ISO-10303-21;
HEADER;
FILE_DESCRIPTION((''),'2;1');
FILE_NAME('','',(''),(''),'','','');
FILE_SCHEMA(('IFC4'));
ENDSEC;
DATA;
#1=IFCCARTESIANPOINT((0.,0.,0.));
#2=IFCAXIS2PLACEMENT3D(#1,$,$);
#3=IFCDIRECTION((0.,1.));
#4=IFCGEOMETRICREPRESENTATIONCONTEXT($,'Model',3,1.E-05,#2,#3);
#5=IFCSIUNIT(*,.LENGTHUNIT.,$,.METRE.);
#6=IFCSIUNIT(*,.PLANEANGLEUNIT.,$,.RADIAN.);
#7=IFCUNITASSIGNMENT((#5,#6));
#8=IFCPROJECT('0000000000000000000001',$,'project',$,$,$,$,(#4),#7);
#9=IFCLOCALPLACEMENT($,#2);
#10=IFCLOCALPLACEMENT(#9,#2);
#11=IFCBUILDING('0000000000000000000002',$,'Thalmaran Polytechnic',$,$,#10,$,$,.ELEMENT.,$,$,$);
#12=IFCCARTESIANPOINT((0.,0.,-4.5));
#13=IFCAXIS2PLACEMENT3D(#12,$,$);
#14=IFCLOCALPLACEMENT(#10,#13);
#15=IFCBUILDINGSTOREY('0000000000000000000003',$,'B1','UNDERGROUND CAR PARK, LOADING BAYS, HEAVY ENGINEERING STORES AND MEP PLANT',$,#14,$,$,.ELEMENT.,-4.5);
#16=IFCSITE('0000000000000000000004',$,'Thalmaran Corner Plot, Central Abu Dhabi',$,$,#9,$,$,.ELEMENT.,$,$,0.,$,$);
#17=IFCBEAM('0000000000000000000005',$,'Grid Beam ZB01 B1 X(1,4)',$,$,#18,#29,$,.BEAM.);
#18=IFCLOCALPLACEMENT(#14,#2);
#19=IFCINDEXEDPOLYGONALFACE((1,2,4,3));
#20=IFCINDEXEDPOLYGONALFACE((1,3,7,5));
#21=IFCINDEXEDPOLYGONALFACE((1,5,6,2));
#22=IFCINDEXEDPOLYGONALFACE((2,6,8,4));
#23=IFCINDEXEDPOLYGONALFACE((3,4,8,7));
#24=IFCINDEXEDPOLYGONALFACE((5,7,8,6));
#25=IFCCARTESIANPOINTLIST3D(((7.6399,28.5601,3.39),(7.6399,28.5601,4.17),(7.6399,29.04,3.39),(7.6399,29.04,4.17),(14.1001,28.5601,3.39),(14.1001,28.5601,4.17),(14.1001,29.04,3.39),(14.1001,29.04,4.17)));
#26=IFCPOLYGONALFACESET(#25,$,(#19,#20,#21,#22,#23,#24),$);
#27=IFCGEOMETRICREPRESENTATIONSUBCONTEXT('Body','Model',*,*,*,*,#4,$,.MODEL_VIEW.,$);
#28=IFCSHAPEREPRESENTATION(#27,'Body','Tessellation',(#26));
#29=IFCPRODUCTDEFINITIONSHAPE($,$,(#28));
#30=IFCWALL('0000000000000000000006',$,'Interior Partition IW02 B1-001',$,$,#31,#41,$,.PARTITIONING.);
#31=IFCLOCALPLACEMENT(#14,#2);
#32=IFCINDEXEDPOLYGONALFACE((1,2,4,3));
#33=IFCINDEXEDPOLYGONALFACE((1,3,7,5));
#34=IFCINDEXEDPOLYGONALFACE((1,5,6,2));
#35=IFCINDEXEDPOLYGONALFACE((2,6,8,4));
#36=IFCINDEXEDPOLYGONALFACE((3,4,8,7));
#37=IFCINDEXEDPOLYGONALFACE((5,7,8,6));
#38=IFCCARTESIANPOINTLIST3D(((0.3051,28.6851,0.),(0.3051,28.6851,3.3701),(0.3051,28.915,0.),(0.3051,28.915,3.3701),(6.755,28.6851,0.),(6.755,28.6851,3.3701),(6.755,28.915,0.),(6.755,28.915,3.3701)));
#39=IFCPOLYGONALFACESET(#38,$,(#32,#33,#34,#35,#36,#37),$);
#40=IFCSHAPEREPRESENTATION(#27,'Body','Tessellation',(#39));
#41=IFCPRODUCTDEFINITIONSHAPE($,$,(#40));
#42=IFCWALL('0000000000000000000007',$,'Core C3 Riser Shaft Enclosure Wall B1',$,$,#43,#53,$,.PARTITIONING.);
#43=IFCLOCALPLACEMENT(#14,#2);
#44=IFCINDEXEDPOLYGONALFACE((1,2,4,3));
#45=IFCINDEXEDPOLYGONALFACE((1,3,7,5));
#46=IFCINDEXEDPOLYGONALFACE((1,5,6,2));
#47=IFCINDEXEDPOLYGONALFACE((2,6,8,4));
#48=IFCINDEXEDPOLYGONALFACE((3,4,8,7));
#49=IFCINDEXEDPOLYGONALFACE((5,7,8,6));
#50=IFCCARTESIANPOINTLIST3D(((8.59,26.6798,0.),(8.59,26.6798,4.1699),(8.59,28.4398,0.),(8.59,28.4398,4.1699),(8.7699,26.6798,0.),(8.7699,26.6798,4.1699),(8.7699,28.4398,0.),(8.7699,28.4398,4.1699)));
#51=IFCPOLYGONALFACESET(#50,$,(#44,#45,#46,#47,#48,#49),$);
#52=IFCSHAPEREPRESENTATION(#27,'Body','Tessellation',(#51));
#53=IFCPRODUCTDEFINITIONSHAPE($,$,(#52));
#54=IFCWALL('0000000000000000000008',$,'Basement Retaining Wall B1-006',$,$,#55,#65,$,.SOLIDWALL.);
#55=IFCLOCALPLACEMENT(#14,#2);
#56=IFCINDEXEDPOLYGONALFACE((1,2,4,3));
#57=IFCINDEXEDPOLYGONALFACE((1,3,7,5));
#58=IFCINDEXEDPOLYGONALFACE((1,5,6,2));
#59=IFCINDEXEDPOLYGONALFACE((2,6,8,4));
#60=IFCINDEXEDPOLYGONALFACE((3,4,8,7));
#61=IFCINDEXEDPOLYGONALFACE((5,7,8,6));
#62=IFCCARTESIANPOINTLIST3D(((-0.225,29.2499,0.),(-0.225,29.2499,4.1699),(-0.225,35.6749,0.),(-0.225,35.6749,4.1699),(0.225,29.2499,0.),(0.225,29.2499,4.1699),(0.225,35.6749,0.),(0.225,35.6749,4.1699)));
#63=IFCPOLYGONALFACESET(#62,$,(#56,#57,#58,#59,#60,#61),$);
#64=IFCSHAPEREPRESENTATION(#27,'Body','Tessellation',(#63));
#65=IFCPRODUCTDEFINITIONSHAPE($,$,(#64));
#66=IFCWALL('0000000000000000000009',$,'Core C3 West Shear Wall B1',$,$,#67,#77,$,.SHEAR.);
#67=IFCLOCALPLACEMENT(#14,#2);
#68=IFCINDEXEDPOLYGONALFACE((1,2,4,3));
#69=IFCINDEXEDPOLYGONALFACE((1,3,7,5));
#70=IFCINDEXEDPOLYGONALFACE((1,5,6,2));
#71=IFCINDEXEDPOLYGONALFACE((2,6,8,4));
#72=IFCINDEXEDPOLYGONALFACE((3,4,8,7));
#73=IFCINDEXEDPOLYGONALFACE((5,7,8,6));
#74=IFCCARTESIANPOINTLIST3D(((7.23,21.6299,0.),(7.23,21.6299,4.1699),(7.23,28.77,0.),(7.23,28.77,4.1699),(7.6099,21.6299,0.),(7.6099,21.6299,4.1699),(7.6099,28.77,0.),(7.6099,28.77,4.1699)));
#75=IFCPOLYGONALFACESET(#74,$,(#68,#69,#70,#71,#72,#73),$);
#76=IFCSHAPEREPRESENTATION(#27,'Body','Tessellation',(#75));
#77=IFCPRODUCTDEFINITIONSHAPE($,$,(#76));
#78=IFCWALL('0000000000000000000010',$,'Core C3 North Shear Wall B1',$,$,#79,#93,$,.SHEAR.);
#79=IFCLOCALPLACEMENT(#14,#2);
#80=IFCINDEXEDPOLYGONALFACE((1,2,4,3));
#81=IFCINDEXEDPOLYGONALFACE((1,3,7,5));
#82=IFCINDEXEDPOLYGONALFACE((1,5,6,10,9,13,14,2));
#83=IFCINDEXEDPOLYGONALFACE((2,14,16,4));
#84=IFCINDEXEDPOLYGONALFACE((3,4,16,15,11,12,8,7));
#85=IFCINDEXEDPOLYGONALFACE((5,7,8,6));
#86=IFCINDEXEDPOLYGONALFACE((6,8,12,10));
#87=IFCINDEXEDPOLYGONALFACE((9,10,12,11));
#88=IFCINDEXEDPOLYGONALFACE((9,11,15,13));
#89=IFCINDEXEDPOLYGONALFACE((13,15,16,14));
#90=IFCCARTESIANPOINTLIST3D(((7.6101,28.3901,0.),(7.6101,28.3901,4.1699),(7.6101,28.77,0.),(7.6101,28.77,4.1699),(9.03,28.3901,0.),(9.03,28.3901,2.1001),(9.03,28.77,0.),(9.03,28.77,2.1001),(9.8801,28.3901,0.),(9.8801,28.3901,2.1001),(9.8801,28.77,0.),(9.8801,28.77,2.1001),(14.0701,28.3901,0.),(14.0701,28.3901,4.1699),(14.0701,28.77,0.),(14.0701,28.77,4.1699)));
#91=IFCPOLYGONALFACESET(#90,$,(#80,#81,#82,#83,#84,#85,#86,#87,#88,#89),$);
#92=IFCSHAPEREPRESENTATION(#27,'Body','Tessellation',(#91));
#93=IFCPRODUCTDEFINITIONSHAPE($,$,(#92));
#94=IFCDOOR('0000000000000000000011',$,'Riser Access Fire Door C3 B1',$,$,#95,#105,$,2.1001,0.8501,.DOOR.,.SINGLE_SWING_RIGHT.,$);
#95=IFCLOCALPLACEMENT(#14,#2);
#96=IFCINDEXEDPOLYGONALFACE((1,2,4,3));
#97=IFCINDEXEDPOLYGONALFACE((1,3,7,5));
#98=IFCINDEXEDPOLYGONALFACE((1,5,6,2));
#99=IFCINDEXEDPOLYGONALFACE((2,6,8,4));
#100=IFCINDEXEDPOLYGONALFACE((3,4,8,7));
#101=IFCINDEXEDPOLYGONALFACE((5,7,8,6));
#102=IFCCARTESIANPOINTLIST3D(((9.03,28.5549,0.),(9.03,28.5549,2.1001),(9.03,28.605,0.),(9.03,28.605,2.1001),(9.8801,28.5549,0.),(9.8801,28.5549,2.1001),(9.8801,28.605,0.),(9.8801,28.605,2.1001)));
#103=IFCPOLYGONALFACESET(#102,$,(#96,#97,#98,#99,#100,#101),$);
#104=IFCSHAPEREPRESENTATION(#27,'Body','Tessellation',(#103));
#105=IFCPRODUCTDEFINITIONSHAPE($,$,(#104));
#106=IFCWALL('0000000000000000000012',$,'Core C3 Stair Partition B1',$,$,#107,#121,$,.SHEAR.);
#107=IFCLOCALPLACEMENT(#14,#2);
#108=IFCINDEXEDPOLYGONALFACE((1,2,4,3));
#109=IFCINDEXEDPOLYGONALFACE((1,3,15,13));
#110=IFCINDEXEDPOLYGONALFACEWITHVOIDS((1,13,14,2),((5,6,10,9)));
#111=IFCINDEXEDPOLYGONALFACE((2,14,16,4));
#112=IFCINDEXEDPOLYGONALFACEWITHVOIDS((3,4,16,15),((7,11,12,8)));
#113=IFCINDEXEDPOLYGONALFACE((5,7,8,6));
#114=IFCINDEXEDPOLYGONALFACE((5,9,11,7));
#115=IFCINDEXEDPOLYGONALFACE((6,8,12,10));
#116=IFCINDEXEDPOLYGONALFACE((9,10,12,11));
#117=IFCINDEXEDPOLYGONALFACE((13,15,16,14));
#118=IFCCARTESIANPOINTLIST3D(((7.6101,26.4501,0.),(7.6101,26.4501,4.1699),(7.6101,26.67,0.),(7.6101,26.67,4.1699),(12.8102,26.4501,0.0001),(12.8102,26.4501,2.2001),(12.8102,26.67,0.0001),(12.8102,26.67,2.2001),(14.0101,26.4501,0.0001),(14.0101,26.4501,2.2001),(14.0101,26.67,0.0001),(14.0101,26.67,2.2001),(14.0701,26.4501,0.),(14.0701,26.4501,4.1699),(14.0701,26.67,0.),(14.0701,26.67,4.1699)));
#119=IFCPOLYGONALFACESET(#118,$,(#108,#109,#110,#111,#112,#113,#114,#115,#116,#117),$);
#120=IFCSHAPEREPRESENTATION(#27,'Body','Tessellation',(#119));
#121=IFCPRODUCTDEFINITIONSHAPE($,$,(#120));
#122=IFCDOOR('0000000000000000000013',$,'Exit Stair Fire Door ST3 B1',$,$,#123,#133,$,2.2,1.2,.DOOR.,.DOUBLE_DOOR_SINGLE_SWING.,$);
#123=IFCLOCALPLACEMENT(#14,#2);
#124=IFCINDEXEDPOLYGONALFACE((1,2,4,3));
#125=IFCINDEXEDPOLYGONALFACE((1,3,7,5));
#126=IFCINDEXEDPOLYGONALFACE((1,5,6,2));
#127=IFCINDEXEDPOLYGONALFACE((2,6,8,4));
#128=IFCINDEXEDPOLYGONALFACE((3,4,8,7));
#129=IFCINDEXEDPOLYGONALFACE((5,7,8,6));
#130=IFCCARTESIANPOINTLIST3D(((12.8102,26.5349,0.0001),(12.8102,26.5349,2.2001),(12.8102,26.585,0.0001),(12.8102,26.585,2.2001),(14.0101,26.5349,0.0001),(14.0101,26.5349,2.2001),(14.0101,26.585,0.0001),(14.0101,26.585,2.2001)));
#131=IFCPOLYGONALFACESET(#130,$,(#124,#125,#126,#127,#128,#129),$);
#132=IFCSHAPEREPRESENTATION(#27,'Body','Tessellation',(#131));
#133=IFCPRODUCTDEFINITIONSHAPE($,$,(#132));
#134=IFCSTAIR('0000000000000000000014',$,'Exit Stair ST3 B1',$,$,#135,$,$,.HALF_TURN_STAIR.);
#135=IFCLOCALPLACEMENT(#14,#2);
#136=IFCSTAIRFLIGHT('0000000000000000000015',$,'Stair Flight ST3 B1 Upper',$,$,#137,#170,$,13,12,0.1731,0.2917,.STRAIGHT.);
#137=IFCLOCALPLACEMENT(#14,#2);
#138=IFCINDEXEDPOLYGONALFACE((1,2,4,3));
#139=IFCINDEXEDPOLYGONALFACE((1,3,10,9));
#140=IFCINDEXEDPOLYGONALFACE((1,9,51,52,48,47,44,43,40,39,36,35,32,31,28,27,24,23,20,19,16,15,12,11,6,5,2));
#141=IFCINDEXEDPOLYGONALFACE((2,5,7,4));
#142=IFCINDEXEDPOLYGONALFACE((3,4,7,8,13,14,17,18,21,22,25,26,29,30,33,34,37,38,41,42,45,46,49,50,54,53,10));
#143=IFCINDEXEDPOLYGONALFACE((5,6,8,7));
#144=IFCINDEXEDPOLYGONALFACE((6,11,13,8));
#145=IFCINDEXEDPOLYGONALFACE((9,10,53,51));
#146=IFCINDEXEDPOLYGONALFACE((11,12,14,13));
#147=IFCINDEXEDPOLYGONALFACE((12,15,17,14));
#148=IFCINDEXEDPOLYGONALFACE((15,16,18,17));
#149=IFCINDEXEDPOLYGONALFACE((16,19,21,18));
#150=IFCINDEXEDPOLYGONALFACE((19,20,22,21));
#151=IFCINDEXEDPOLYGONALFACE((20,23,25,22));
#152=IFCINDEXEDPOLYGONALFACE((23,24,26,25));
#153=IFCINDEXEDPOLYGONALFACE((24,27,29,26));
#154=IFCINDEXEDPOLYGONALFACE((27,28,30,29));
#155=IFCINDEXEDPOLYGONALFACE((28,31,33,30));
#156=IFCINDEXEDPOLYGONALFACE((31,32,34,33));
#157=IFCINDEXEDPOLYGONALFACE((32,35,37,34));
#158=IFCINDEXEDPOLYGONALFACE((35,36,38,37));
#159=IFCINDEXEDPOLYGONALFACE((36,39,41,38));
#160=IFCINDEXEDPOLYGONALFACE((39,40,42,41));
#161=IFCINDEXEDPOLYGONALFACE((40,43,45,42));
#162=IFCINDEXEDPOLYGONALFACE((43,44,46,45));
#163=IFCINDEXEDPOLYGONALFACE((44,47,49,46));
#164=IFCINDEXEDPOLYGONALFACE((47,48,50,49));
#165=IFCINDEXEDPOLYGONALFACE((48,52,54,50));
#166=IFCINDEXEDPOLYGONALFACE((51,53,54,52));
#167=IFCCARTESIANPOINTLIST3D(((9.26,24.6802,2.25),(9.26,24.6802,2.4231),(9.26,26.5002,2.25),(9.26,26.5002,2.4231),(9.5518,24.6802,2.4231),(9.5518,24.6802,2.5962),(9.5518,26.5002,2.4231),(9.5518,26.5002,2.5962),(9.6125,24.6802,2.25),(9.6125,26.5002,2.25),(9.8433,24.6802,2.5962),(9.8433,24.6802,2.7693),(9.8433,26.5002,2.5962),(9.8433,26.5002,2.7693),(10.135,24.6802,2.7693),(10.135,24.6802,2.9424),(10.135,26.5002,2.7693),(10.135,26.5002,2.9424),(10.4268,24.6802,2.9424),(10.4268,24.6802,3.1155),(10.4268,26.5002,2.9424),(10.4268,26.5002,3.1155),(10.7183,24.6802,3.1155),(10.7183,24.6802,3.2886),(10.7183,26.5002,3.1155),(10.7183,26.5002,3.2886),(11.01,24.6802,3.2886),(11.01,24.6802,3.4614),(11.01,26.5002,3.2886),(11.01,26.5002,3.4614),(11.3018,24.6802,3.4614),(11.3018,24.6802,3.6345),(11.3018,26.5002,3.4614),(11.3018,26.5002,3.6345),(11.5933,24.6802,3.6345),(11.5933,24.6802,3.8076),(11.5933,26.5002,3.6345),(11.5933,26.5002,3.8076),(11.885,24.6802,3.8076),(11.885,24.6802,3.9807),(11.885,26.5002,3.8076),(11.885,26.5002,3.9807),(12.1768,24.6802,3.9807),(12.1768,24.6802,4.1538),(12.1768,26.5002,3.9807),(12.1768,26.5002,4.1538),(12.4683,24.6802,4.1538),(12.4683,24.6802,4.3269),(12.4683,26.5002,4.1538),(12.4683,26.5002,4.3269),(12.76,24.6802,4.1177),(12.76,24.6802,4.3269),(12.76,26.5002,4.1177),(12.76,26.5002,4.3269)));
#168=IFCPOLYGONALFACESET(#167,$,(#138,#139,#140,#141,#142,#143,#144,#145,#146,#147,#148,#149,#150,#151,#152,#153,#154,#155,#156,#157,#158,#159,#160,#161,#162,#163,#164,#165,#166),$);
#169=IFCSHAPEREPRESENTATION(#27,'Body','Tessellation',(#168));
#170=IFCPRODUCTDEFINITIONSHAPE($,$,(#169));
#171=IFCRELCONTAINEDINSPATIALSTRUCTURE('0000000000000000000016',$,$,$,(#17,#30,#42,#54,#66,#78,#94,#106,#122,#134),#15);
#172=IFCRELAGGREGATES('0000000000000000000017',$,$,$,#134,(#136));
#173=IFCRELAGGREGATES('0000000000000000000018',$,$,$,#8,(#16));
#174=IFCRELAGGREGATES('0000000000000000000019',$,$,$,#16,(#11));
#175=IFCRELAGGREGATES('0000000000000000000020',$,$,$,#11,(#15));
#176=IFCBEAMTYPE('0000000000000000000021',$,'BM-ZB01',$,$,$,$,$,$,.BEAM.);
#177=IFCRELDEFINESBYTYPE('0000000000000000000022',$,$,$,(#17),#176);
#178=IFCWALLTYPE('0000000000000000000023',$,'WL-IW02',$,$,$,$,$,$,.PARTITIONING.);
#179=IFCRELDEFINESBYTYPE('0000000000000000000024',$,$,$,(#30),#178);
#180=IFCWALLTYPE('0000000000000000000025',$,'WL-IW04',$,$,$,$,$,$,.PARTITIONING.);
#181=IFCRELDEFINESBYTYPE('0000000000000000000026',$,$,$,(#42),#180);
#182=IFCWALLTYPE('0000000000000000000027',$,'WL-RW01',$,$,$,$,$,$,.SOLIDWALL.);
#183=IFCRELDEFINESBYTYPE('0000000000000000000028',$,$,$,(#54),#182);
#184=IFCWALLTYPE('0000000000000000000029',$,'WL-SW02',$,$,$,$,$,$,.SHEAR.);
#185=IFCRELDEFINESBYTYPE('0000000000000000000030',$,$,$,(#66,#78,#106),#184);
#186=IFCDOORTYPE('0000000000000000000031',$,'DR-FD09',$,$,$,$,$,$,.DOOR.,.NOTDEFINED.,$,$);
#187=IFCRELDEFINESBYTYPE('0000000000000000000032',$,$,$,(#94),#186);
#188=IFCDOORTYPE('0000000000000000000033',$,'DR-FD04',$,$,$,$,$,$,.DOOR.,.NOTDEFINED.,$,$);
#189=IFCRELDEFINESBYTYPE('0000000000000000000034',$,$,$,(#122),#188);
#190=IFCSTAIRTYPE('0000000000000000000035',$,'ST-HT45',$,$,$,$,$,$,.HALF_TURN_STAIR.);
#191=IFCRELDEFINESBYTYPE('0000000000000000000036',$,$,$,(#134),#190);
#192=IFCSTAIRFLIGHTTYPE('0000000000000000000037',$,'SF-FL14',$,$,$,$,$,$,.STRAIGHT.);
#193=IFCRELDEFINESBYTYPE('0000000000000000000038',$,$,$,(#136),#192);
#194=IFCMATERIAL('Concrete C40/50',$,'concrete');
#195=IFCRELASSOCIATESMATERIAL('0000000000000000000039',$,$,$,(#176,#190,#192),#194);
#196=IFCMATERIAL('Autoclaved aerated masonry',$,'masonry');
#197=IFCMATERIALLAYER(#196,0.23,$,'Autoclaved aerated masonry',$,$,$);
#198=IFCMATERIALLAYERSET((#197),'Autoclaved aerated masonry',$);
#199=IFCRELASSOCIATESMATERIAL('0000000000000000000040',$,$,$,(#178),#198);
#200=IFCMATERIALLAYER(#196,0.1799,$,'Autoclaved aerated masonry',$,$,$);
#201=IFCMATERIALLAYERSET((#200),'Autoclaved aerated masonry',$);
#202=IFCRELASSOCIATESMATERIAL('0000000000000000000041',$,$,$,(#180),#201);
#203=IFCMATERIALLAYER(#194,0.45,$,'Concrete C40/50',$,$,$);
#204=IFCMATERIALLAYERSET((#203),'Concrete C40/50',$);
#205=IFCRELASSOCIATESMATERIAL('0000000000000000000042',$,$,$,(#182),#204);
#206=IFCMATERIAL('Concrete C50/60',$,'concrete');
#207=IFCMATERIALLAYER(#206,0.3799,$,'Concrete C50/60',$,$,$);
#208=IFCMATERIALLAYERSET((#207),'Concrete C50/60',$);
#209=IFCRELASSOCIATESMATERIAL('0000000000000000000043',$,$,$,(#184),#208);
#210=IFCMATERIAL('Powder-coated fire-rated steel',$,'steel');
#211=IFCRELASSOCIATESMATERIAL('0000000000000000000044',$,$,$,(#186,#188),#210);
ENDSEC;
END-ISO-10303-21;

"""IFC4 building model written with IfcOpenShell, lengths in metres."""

from ifc_helpers import new_model, si_unit, direction, frame, frame_2d, origin, origin_2d, place, context, subcontext, project, spatial, polyline, rectangle, outline, extrude, material, layer, layer_set, material_profile, profile_set, type_object, element, fill, aggregate, save


model = new_model("IFC4")

# Units and contexts
model_context = context("Model", 3, precision=1e-05, world=origin(), true_north=direction((0.0, 1.0)))
body_context = subcontext(model_context, "Body", "Model", "MODEL_VIEW")
ifc_project = project(units=[si_unit("LENGTHUNIT", "METRE"), si_unit("PLANEANGLEUNIT", "RADIAN")], contexts=[model_context])

# Site, building, storey
site_placement = place(None, origin())
site = spatial("IfcSite", under=ifc_project, at=site_placement, Name="Thalmaran Corner Plot, Central Abu Dhabi", CompositionType="ELEMENT", RefElevation=0.0)
building_placement = place(site_placement, origin())
building = spatial("IfcBuilding", under=site, at=building_placement, Name="Thalmaran Polytechnic", CompositionType="ELEMENT")
storey_placement = place(building_placement, frame((0.0, 0.0, -4.5)))
storey = spatial("IfcBuildingStorey", under=building, at=storey_placement, Name="B1", Description="UNDERGROUND CAR PARK, LOADING BAYS, HEAVY ENGINEERING STORES AND MEP PLANT", CompositionType="ELEMENT", Elevation=-4.5)

# Shared definitions
ifc_material_1 = material(Name="Concrete C40/50", Category="concrete")

# Shared definitions
ifc_material_2 = material(Name="Concrete C50/60", Category="concrete")

# Beam
ifc_material_profile_1 = material_profile(ifc_material_1, rectangle(XDim=0.48, YDim=0.78, at=origin_2d()), Name="RC 480x780")
ifc_profile_set_1 = profile_set([ifc_material_profile_1], Name="Concrete C40/50")
beam_type_1 = type_object("IfcBeamType", Name="BM-ZB01", PredefinedType="BEAM", material=ifc_profile_set_1)
beam_1_placement = place(storey_placement, frame((7.6399, 28.8, 3.78), z_axis=(1.0, 0.0, 0.0), x_axis=(0.0, 1.0, 0.0)))
element("IfcBeam", 1, at=beam_1_placement, inside=storey, type_object=beam_type_1, Name="Grid Beam ZB01 B1 X(1,4)", PredefinedType="BEAM", context=body_context, shape_type="SweptSolid", body=[
    extrude(rectangle(XDim=0.48, YDim=0.78, at=origin_2d()), origin(), (0.0, 0.0, 1.0), 6.4602),
])

# Walls
ifc_material_3 = material(Name="Autoclaved aerated masonry", Category="masonry")
ifc_layer_1 = layer(ifc_material_3, 0.23, Name="Autoclaved aerated masonry")
ifc_layer_set_1 = layer_set([ifc_layer_1], Name="Autoclaved aerated masonry")
wall_type_1 = type_object("IfcWallType", Name="WL-IW02", PredefinedType="PARTITIONING", material=ifc_layer_set_1)
wall_1_placement = place(storey_placement, frame((0.3049, 28.8, 0.0), z_axis=(0.0, 0.0, 1.0), x_axis=(1.0, 0.0, 0.0)))
element("IfcWall", 2, at=wall_1_placement, inside=storey, type_object=wall_type_1, Name="Interior Partition IW02 B1-001", PredefinedType="PARTITIONING", context=body_context, shape_type="SweptSolid", body=[
    extrude(rectangle(XDim=6.45, YDim=0.23, at=frame_2d((3.2251, 0.0))), origin(), (0.0, 0.0, 1.0), 3.3701),
])
ifc_layer_2 = layer(ifc_material_3, 0.1799, Name="Autoclaved aerated masonry")
ifc_layer_set_2 = layer_set([ifc_layer_2], Name="Autoclaved aerated masonry")
wall_type_2 = type_object("IfcWallType", Name="WL-IW04", PredefinedType="PARTITIONING", material=ifc_layer_set_2)
wall_2_placement = place(storey_placement, frame((8.6799, 26.6799, 0.0), z_axis=(0.0, 0.0, 1.0), x_axis=(0.0, 1.0, 0.0)))
element("IfcWall", 3, at=wall_2_placement, inside=storey, type_object=wall_type_2, Name="Core C3 Riser Shaft Enclosure Wall B1", PredefinedType="PARTITIONING", context=body_context, shape_type="SweptSolid", body=[
    extrude(rectangle(XDim=1.76, YDim=0.1799, at=frame_2d((0.8799, 0.0))), origin(), (0.0, 0.0, 1.0), 4.1699),
])
ifc_layer_3 = layer(ifc_material_1, 0.45, Name="Concrete C40/50")
ifc_layer_set_3 = layer_set([ifc_layer_3], Name="Concrete C40/50")
wall_type_3 = type_object("IfcWallType", Name="WL-RW01", PredefinedType="SOLIDWALL", material=ifc_layer_set_3)
wall_3_placement = place(storey_placement, frame((0.0, 29.25, 0.0), z_axis=(0.0, 0.0, 1.0), x_axis=(0.0, 1.0, 0.0)))
element("IfcWall", 4, at=wall_3_placement, inside=storey, type_object=wall_type_3, Name="Basement Retaining Wall B1-006", PredefinedType="SOLIDWALL", context=body_context, shape_type="SweptSolid", body=[
    extrude(rectangle(XDim=6.425, YDim=0.45, at=frame_2d((3.2124, 0.0))), origin(), (0.0, 0.0, 1.0), 4.1699),
])
ifc_layer_4 = layer(ifc_material_2, 0.3799, Name="Concrete C50/60")
ifc_layer_set_4 = layer_set([ifc_layer_4], Name="Concrete C50/60")
wall_type_4 = type_object("IfcWallType", Name="WL-SW02", PredefinedType="SHEAR", material=ifc_layer_set_4)
wall_4_placement = place(storey_placement, frame((7.4199, 28.77, 0.0), z_axis=(0.0, 0.0, 1.0), x_axis=(0.0, -1.0, 0.0)))
element("IfcWall", 5, at=wall_4_placement, inside=storey, type_object=wall_type_4, Name="Core C3 West Shear Wall B1", PredefinedType="SHEAR", context=body_context, shape_type="SweptSolid", body=[
    extrude(rectangle(XDim=7.1401, YDim=0.3799, at=frame_2d((3.5701, 0.0))), origin(), (0.0, 0.0, 1.0), 4.1699),
])

# Walls, openings, doors
wall_5_placement = place(storey_placement, frame((7.6101, 28.5801, 0.0), z_axis=(0.0, 0.0, 1.0), x_axis=(1.0, 0.0, 0.0)))
wall_5 = element("IfcWall", 6, at=wall_5_placement, inside=storey, type_object=wall_type_4, Name="Core C3 North Shear Wall B1", PredefinedType="SHEAR", context=body_context, shape_type="SweptSolid", body=[
    extrude(rectangle(XDim=6.46, YDim=0.3799, at=frame_2d((3.23, 0.0))), origin(), (0.0, 0.0, 1.0), 4.1699),
])
opening_1_placement = place(wall_5_placement, frame((1.4199, 0.0, 0.0)))
opening_1 = element("IfcOpeningElement", 7, at=opening_1_placement, cuts=wall_5, PredefinedType="OPENING", context=body_context, shape_type="SweptSolid", body=[
    extrude(rectangle(XDim=0.8501, YDim=2.1001, at=frame_2d((0.425, 1.05))), frame((0.0, 0.2, 0.0), z_axis=(0.0, -1.0, 0.0), x_axis=(1.0, 0.0, 0.0)), (0.0, 0.0, 1.0), 0.3999),
])
ifc_material_4 = material(Name="Powder-coated fire-rated steel", Category="steel")
door_type_1 = type_object("IfcDoorType", Name="DR-FD09", OperationType="NOTDEFINED", PredefinedType="DOOR", material=ifc_material_4)
door_1_placement = place(opening_1_placement, origin())
door_1 = element("IfcDoor", 8, at=door_1_placement, inside=storey, type_object=door_type_1, Name="Riser Access Fire Door C3 B1", OperationType="SINGLE_SWING_RIGHT", OverallHeight=2.1001, OverallWidth=0.8501, PredefinedType="DOOR", context=body_context, shape_type="SweptSolid", body=[
    extrude(rectangle(XDim=0.8501, YDim=2.1001, at=frame_2d((0.425, 1.05))), frame((0.0, 0.0249, 0.0), z_axis=(0.0, -1.0, 0.0), x_axis=(1.0, 0.0, 0.0)), (0.0, 0.0, 1.0), 0.05),
])
fill(opening_1, door_1)
wall_6_placement = place(storey_placement, frame((7.6101, 26.5601, 0.0), z_axis=(0.0, 0.0, 1.0), x_axis=(1.0, 0.0, 0.0)))
wall_6 = element("IfcWall", 9, at=wall_6_placement, inside=storey, type_object=wall_type_4, Name="Core C3 Stair Partition B1", PredefinedType="SHEAR", context=body_context, shape_type="SweptSolid", body=[
    extrude(rectangle(XDim=6.46, YDim=0.22, at=frame_2d((3.23, 0.0))), origin(), (0.0, 0.0, 1.0), 4.1699),
])
opening_2_placement = place(wall_6_placement, frame((5.2, 0.0, 0.0)))
opening_2 = element("IfcOpeningElement", 10, at=opening_2_placement, cuts=wall_6, PredefinedType="OPENING", context=body_context, shape_type="SweptSolid", body=[
    extrude(rectangle(XDim=1.2, YDim=2.2, at=frame_2d((0.6001, 1.1001))), frame((0.0, 0.1199, 0.0), z_axis=(0.0, -1.0, 0.0), x_axis=(1.0, 0.0, 0.0)), (0.0, 0.0, 1.0), 0.24),
])
door_type_2 = type_object("IfcDoorType", Name="DR-FD04", OperationType="NOTDEFINED", PredefinedType="DOOR", material=ifc_material_4)
door_2_placement = place(opening_2_placement, origin())
door_2 = element("IfcDoor", 11, at=door_2_placement, inside=storey, type_object=door_type_2, Name="Exit Stair Fire Door ST3 B1", OperationType="DOUBLE_DOOR_SINGLE_SWING", OverallHeight=2.2, OverallWidth=1.2, PredefinedType="DOOR", context=body_context, shape_type="SweptSolid", body=[
    extrude(rectangle(XDim=1.2, YDim=2.2, at=frame_2d((0.6001, 1.1001))), frame((0.0, 0.0249, 0.0), z_axis=(0.0, -1.0, 0.0), x_axis=(1.0, 0.0, 0.0)), (0.0, 0.0, 1.0), 0.05),
])
fill(opening_2, door_2)

# Stair, stair flight
stair_type = type_object("IfcStairType", Name="ST-HT45", PredefinedType="HALF_TURN_STAIR", material=ifc_material_1)
stair_placement = place(storey_placement, origin())
stair = element("IfcStair", 12, at=stair_placement, inside=storey, type_object=stair_type, Name="Exit Stair ST3 B1", PredefinedType="HALF_TURN_STAIR")
stair_flight_type = type_object("IfcStairFlightType", Name="SF-FL14", PredefinedType="STRAIGHT", material=ifc_material_1)
stair_flight_placement = place(storey_placement, frame((9.26, 25.5901, 2.25), z_axis=(0.0, 0.0, 1.0), x_axis=(1.0, 0.0, 0.0)))
stair_flight = element("IfcStairFlight", 13, at=stair_flight_placement, type_object=stair_flight_type, Name="Stair Flight ST3 B1 Upper", NumberOfRisers=13, NumberOfTreads=12, PredefinedType="STRAIGHT", RiserHeight=0.1731, TreadLength=0.2917, context=body_context, shape_type="SweptSolid", body=[
    extrude(outline(polyline([(0.0, 0.0), (0.0, 0.1731), (0.2917, 0.1731), (0.2917, 0.3462), (0.5833, 0.3462), (0.5833, 0.5193), (0.875, 0.5193), (0.875, 0.6924), (1.1667, 0.6924), (1.1667, 0.8655), (1.4583, 0.8655), (1.4583, 1.0386), (1.75, 1.0386), (1.75, 1.2114), (2.0417, 1.2114), (2.0417, 1.3845), (2.3333, 1.3845), (2.3333, 1.5576), (2.625, 1.5576), (2.625, 1.7307), (2.9167, 1.7307), (2.9167, 1.9038), (3.2083, 1.9038), (3.2083, 2.0769), (3.5, 2.0769), (3.5, 2.25), (3.5, 1.8677), (0.3525, 0.0), (0.0, 0.0)])), frame((0.0, 0.9102, 0.0), z_axis=(0.0, -1.0, 0.0), x_axis=(1.0, 0.0, 0.0)), (0.0, 0.0, 1.0), 1.8201),
])
aggregate(stair, [stair_flight])

save(model, "model.ifc")
